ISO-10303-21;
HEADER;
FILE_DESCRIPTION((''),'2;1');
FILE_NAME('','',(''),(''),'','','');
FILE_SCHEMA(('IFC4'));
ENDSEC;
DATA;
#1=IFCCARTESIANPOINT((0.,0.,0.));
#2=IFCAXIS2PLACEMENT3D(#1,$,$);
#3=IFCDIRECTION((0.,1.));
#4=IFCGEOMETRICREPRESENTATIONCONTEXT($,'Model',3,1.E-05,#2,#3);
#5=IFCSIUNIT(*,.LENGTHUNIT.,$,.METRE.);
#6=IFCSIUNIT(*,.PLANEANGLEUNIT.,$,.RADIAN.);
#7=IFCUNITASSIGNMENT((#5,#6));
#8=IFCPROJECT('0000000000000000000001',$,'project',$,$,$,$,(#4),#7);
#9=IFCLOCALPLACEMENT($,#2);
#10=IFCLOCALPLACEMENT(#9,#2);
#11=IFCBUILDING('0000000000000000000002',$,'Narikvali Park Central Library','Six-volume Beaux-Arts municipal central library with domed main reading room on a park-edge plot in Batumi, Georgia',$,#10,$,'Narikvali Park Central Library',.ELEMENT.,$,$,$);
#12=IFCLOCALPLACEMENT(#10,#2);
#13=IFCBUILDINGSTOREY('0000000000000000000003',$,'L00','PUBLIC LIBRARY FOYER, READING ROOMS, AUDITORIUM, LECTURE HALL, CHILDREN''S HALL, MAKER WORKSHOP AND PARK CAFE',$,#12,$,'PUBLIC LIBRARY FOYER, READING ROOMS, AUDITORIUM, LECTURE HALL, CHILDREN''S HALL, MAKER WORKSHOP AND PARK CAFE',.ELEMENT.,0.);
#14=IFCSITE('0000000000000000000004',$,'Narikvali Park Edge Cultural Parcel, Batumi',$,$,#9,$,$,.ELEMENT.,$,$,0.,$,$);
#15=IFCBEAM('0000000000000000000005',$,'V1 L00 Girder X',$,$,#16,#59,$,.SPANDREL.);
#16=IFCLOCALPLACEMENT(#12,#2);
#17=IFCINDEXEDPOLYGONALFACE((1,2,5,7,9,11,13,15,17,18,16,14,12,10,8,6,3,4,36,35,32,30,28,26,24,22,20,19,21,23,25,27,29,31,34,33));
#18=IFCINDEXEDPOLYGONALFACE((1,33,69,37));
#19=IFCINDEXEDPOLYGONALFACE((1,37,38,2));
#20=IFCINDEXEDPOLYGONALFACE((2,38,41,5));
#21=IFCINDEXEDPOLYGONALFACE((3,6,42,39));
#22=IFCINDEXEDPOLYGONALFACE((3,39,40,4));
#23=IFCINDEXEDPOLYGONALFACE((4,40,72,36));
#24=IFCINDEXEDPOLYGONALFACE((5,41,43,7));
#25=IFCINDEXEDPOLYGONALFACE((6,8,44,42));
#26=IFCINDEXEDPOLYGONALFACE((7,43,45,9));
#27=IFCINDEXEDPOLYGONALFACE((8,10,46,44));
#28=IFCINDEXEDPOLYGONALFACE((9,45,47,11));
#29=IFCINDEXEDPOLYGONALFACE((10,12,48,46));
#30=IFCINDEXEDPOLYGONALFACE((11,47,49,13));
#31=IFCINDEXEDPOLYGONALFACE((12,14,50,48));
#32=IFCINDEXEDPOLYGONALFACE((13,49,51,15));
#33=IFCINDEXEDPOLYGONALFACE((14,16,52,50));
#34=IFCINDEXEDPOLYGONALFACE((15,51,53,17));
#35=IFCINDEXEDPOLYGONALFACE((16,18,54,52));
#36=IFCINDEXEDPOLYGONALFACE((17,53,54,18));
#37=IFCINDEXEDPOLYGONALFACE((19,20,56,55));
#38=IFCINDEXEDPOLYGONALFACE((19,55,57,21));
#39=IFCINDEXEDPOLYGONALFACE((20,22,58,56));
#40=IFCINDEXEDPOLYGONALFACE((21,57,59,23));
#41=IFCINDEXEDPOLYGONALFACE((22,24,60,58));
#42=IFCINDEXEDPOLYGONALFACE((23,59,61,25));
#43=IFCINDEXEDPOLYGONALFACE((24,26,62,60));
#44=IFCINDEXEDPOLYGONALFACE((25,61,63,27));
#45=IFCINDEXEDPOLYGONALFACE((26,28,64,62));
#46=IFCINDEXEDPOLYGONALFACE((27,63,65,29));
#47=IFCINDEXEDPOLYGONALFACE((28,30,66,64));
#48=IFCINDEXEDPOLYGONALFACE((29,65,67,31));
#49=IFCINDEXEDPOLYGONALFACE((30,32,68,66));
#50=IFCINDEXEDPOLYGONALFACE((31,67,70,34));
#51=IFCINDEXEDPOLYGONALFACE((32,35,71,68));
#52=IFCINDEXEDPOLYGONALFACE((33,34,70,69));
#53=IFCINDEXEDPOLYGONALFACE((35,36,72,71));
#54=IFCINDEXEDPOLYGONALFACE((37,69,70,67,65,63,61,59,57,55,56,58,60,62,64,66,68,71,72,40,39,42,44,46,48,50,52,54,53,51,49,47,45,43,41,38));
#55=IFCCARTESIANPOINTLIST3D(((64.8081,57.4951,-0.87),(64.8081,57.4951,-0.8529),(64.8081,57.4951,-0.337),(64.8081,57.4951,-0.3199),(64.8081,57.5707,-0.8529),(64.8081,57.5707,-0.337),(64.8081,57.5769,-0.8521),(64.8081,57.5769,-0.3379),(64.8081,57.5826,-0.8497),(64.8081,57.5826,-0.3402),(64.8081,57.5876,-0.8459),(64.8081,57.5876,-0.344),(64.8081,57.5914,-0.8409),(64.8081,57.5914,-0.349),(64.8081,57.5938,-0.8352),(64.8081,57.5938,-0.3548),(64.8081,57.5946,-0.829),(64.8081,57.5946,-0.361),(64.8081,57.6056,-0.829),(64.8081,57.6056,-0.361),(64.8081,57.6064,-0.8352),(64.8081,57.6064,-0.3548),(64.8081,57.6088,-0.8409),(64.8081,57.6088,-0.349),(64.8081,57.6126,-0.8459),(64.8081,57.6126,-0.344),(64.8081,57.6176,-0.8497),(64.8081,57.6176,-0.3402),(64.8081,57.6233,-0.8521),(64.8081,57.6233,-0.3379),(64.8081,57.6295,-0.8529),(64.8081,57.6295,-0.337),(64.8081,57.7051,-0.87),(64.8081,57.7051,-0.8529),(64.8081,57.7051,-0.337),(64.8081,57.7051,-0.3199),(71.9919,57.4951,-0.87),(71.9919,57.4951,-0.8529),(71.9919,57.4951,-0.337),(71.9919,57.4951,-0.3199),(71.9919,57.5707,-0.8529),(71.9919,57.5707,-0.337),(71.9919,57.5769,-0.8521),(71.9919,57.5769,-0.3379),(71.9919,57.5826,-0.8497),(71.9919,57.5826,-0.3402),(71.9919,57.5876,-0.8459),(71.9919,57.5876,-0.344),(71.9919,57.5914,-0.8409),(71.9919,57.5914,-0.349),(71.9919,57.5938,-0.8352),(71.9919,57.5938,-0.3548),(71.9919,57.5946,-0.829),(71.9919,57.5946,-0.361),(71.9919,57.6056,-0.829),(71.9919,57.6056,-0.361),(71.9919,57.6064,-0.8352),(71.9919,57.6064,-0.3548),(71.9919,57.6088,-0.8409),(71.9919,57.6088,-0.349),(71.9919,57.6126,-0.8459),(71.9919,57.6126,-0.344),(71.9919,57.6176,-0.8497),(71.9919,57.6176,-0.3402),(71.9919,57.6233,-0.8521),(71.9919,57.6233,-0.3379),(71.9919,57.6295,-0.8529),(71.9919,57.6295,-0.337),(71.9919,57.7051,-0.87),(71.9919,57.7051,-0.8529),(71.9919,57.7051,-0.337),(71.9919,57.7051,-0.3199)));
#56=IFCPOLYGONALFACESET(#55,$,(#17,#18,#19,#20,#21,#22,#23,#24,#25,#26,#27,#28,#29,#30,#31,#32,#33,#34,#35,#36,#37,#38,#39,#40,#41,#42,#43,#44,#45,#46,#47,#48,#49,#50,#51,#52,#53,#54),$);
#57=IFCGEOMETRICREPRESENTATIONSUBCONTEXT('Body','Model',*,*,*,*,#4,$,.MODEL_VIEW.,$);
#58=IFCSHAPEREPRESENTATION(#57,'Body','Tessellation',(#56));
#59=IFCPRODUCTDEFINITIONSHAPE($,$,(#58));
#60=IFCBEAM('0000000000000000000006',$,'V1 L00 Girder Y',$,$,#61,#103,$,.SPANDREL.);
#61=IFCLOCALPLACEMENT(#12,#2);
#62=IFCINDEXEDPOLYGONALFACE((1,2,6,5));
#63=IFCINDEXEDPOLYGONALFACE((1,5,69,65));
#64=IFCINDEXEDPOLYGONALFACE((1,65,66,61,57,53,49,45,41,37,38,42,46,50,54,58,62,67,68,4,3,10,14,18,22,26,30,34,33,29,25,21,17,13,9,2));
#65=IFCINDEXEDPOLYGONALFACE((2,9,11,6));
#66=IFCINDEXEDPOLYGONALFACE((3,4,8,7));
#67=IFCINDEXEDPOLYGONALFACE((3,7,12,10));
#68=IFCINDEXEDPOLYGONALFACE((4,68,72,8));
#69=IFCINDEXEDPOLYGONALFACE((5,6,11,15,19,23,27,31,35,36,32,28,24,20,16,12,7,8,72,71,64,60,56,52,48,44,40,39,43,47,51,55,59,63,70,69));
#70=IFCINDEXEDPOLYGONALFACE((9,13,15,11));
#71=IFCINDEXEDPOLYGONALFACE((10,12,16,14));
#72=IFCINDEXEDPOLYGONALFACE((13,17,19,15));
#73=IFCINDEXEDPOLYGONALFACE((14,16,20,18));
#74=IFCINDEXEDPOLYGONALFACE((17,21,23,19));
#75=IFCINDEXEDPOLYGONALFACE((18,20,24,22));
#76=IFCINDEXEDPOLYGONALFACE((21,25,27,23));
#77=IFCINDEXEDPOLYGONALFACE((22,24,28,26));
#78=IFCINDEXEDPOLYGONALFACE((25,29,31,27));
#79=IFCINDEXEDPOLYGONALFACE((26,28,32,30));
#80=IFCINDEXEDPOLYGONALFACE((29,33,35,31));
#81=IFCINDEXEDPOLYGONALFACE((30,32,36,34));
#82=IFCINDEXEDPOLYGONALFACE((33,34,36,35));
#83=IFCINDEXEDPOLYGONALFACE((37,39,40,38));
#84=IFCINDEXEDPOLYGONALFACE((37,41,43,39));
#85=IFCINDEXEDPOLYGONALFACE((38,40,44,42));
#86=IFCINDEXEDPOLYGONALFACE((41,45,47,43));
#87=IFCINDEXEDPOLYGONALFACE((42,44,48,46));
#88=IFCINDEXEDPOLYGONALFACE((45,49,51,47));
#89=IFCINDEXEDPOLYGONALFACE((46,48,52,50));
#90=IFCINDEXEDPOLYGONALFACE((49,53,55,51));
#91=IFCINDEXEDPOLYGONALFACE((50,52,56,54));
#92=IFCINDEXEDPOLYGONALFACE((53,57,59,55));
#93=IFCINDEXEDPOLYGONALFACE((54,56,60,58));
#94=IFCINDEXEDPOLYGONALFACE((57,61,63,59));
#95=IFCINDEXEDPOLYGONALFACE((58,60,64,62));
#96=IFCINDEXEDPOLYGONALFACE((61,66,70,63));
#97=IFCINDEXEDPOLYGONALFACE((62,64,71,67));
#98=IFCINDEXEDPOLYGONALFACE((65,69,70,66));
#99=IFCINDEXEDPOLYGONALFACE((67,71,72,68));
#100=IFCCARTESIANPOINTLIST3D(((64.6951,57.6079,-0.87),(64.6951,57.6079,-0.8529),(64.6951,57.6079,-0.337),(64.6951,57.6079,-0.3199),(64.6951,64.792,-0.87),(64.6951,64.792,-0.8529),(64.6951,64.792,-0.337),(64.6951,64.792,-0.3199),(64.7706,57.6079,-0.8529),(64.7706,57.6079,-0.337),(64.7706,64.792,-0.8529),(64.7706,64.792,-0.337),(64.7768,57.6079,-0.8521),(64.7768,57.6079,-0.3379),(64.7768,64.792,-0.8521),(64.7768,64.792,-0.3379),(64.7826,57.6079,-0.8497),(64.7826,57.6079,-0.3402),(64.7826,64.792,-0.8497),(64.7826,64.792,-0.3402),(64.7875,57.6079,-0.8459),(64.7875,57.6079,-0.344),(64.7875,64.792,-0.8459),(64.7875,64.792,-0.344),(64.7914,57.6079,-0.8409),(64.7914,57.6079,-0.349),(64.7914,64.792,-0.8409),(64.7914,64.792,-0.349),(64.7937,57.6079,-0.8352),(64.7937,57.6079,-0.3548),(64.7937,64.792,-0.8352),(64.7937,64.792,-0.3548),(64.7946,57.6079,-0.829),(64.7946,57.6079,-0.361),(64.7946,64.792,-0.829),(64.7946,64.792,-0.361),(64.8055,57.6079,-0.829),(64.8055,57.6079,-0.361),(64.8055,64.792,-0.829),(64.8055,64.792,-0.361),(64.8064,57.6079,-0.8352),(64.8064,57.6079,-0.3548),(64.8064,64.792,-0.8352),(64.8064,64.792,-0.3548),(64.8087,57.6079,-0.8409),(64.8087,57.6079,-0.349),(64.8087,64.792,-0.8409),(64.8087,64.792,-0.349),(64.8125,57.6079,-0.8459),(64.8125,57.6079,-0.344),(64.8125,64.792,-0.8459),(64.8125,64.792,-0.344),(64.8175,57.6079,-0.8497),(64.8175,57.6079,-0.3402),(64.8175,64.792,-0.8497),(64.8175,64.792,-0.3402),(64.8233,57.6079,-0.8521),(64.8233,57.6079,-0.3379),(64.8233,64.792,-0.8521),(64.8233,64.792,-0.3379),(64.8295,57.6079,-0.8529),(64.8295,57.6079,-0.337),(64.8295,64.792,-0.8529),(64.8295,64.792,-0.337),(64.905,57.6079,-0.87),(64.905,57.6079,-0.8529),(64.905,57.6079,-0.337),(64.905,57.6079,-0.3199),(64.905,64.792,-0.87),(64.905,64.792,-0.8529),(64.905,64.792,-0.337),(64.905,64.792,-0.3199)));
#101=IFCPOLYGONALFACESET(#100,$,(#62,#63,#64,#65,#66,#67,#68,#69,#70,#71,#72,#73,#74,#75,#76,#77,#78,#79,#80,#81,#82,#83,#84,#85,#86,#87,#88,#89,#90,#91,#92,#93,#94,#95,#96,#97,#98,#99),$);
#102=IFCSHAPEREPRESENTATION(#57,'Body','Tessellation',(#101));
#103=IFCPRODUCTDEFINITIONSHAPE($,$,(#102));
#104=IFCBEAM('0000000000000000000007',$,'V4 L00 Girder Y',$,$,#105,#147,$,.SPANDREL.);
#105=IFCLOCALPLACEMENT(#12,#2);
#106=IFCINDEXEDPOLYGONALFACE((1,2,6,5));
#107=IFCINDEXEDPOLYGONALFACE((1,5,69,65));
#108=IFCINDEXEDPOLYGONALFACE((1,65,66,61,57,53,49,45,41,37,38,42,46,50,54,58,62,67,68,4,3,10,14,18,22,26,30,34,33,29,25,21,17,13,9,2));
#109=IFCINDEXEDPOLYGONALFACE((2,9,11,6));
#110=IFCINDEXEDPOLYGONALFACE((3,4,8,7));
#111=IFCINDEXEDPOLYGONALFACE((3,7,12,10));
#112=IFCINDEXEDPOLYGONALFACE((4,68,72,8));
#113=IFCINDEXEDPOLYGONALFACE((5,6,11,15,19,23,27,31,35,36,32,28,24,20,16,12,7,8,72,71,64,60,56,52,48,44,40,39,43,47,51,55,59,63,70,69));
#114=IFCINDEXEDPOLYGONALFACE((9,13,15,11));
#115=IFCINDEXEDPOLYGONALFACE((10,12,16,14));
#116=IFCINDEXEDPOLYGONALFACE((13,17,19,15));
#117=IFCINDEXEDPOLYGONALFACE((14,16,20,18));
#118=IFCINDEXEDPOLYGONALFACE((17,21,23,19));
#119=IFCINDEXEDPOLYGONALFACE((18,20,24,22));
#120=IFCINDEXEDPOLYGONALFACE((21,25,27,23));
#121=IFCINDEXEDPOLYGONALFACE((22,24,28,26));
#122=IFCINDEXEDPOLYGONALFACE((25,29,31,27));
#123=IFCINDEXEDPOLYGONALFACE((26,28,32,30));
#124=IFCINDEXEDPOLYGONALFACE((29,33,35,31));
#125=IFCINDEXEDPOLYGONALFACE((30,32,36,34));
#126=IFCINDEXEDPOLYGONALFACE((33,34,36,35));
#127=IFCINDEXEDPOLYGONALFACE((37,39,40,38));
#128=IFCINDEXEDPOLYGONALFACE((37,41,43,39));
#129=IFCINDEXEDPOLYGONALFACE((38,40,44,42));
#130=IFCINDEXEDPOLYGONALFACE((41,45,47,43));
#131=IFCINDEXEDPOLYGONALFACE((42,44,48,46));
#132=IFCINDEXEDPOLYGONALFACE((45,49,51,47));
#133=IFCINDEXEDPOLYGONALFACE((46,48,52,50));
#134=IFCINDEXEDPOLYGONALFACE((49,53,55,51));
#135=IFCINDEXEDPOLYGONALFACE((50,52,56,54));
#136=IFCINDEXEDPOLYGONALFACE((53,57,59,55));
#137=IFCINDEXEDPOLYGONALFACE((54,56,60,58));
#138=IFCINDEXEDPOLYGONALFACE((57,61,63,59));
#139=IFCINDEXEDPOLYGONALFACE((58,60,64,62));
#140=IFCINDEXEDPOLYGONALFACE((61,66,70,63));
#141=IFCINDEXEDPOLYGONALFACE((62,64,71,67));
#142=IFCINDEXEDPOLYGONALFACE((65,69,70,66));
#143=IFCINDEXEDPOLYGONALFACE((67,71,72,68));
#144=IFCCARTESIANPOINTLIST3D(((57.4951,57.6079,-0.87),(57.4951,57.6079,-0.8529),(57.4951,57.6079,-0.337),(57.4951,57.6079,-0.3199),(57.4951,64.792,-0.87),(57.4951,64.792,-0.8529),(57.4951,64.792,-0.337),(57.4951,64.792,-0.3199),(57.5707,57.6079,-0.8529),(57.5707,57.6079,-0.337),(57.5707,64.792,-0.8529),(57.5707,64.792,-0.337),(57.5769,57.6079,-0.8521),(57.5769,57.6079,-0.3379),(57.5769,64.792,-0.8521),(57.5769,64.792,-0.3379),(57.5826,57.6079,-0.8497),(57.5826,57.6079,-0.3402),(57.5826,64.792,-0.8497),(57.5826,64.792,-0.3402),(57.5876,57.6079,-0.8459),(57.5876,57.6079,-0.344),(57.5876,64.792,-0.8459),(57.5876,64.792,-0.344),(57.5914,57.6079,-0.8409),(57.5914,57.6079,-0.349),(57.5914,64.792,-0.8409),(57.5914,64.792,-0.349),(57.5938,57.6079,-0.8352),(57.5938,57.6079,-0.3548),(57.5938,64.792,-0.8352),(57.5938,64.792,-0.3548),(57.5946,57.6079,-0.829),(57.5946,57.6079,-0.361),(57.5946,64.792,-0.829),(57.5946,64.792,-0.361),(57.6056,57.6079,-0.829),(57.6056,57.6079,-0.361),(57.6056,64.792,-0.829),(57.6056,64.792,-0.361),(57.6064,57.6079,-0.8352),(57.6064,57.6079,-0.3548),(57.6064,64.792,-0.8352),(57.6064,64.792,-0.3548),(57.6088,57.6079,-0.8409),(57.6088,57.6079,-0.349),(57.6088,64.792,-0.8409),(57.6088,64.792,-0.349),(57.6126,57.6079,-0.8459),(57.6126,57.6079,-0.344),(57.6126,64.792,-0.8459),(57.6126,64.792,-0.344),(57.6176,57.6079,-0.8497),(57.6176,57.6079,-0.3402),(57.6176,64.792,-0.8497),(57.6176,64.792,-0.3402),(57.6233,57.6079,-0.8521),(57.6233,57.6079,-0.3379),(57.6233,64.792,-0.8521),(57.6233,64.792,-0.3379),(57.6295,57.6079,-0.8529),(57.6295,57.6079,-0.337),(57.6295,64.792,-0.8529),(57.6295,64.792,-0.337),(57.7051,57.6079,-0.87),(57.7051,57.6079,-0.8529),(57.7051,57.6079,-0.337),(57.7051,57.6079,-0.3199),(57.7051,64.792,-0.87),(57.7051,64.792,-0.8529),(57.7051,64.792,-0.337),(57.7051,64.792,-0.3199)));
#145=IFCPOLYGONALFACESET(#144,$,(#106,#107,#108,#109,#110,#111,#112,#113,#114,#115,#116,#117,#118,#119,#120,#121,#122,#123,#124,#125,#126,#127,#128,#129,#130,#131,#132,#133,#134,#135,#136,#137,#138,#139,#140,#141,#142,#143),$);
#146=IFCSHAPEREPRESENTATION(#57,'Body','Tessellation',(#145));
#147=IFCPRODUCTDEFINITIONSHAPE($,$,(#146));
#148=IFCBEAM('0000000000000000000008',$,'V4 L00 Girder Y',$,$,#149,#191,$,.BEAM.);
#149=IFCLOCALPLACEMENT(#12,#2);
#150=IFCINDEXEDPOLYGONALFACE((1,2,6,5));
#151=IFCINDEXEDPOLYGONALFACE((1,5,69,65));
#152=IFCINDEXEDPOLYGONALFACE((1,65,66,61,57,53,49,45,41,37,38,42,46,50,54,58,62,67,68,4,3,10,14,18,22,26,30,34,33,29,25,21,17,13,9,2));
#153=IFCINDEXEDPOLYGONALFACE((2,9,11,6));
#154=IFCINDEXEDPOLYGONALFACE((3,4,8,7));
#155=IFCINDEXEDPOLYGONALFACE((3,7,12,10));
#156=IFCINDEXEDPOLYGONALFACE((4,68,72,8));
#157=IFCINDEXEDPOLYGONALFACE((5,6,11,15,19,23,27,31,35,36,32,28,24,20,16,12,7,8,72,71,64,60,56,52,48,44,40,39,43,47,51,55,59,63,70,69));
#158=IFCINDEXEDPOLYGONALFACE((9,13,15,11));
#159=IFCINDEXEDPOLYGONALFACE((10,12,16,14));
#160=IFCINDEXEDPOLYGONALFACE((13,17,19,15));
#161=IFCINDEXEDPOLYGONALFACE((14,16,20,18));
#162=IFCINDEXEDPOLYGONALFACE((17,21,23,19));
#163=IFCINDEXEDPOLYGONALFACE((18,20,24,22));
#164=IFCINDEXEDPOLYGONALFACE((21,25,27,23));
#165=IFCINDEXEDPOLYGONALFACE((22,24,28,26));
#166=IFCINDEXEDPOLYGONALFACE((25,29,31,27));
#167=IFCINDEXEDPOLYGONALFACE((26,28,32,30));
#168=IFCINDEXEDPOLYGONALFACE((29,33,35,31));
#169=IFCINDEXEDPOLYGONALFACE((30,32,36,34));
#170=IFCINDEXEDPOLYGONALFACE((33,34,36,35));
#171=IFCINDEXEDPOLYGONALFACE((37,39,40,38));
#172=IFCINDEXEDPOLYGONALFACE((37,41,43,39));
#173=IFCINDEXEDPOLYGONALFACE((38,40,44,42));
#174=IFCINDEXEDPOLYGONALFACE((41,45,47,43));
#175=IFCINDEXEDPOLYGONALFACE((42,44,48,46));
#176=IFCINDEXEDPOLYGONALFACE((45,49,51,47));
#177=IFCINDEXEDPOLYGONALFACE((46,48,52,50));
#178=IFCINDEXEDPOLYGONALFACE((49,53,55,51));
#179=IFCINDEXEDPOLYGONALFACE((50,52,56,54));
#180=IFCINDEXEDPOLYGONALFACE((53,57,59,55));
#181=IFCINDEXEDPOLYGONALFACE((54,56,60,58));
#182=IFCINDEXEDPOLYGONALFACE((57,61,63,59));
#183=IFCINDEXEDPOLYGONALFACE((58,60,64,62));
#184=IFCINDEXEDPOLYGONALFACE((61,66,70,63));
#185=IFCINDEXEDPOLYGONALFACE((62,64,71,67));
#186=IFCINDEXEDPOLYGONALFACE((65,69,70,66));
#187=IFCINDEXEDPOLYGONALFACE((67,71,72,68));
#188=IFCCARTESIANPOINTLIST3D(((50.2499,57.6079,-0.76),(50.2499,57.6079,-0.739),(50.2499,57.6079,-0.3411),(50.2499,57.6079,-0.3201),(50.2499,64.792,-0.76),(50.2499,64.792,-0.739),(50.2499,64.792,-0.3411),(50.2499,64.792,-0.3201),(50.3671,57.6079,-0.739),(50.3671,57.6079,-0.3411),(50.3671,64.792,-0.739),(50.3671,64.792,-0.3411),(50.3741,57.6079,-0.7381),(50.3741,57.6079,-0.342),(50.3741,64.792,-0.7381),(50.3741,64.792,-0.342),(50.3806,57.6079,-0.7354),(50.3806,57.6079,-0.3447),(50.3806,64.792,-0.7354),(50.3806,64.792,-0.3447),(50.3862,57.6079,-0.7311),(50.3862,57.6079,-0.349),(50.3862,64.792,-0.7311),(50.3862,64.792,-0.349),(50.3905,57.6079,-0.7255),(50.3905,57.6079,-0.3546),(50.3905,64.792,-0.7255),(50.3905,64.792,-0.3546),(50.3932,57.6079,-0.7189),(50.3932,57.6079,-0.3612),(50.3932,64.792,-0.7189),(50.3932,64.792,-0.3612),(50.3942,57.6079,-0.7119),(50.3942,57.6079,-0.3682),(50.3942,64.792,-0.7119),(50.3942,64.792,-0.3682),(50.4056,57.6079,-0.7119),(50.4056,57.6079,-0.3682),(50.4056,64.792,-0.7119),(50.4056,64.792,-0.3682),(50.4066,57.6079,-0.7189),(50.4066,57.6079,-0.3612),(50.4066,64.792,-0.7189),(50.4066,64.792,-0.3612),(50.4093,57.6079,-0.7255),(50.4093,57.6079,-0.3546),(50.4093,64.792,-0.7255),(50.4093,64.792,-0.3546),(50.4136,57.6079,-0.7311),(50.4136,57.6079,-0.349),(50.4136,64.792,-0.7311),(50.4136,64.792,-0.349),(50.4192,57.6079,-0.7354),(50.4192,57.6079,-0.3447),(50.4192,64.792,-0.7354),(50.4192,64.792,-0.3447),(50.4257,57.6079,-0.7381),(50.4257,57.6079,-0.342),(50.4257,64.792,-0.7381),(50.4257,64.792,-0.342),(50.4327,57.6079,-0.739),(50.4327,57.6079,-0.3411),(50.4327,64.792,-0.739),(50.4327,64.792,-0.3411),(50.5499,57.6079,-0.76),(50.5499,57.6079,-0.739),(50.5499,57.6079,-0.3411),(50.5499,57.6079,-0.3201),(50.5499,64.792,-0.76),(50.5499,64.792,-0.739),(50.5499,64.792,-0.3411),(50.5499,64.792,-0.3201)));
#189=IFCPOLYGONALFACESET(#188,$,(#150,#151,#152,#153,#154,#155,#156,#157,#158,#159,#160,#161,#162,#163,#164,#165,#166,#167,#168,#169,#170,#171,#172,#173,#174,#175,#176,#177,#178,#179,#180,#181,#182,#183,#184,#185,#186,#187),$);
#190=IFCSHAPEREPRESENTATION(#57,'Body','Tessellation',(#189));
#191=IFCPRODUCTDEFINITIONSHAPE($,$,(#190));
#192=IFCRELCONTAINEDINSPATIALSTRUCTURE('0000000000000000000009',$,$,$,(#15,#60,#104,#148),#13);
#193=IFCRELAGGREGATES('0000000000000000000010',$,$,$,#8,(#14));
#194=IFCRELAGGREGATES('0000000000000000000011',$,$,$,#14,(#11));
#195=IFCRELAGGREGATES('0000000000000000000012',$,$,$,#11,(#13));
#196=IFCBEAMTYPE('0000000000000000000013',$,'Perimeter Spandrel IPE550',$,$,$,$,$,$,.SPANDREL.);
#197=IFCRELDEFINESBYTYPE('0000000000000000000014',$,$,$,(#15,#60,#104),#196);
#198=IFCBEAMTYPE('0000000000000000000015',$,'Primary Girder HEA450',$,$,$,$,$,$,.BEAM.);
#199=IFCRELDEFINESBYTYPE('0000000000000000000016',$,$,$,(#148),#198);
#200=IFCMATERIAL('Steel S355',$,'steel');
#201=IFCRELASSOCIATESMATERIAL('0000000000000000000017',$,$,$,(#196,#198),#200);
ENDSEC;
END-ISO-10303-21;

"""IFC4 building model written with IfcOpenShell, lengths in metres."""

from ifc_helpers import new_model, si_unit, direction, frame, origin, origin_2d, place, context, subcontext, project, spatial, i_section, extrude, material, material_profile, profile_set, type_object, element, save


model = new_model("IFC4")

# Units and contexts
model_context = context("Model", 3, precision=1e-05, world=origin(), true_north=direction((0.0, 1.0)))
body_context = subcontext(model_context, "Body", "Model", "MODEL_VIEW")
ifc_project = project(units=[si_unit("LENGTHUNIT", "METRE"), si_unit("PLANEANGLEUNIT", "RADIAN")], contexts=[model_context])

# Site, building, storey
site_placement = place(None, origin())
site = spatial("IfcSite", under=ifc_project, at=site_placement, Name="Narikvali Park Edge Cultural Parcel, Batumi", CompositionType="ELEMENT", RefElevation=0.0)
building_placement = place(site_placement, origin())
building = spatial("IfcBuilding", under=site, at=building_placement, Name="Narikvali Park Central Library", Description="Six-volume Beaux-Arts municipal central library with domed main reading room on a park-edge plot in Batumi, Georgia", LongName="Narikvali Park Central Library", CompositionType="ELEMENT")
storey_placement = place(building_placement, origin())
storey = spatial("IfcBuildingStorey", under=building, at=storey_placement, Name="L00", Description="PUBLIC LIBRARY FOYER, READING ROOMS, AUDITORIUM, LECTURE HALL, CHILDREN'S HALL, MAKER WORKSHOP AND PARK CAFE", LongName="PUBLIC LIBRARY FOYER, READING ROOMS, AUDITORIUM, LECTURE HALL, CHILDREN'S HALL, MAKER WORKSHOP AND PARK CAFE", CompositionType="ELEMENT", Elevation=0.0)

# Shared definitions
ifc_material_1 = material(Name="Steel S355", Category="steel")

# Beams
ifc_material_profile_1 = material_profile(ifc_material_1, i_section(OverallWidth=0.21, OverallDepth=0.55, WebThickness=0.011, FlangeThickness=0.0171, FilletRadius=0.0239, at=origin_2d()), Name="IPE 550")
ifc_profile_set_1 = profile_set([ifc_material_profile_1], Name="Steel S355")
beam_type_1 = type_object("IfcBeamType", Name="Perimeter Spandrel IPE550", PredefinedType="SPANDREL", material=ifc_profile_set_1)
beam_1_placement = place(storey_placement, frame((64.8081, 57.6001, -0.595), z_axis=(1.0, 0.0, 0.0), x_axis=(0.0, 1.0, 0.0)))
element("IfcBeam", 1, at=beam_1_placement, inside=storey, type_object=beam_type_1, Name="V1 L00 Girder X", PredefinedType="SPANDREL", context=body_context, shape_type="SweptSolid", body=[
    extrude(i_section(OverallWidth=0.21, OverallDepth=0.55, WebThickness=0.011, FlangeThickness=0.0171, FilletRadius=0.0239, at=origin_2d()), origin(), (0.0, 0.0, 1.0), 7.1838),
])
for number, where, z_axis, x_axis, name in (
    (2, (64.8, 57.6079, -0.595), (0.0, 1.0, 0.0), (-1.0, 0.0, 0.0), "V1 L00 Girder Y"),
    (3, (57.6001, 57.6079, -0.595), (0.0, 1.0, 0.0), (-1.0, 0.0, 0.0), "V4 L00 Girder Y"),
):
    element("IfcBeam", number, at=place(storey_placement, frame(where, z_axis=z_axis, x_axis=x_axis)), inside=storey, type_object=beam_type_1, Name=name, PredefinedType="SPANDREL", context=body_context, shape_type="SweptSolid", body=[
        extrude(i_section(OverallWidth=0.21, OverallDepth=0.55, WebThickness=0.011, FlangeThickness=0.0171, FilletRadius=0.0239, at=origin_2d()), origin(), (0.0, 0.0, 1.0), 7.1841),
    ])
ifc_material_profile_2 = material_profile(ifc_material_1, i_section(OverallWidth=0.3, OverallDepth=0.4399, WebThickness=0.0115, FlangeThickness=0.021, FilletRadius=0.0271, at=origin_2d()), Name="HEA 450")
ifc_profile_set_2 = profile_set([ifc_material_profile_2], Name="Steel S355")
beam_type_2 = type_object("IfcBeamType", Name="Primary Girder HEA450", PredefinedType="BEAM", material=ifc_profile_set_2)
beam_2_placement = place(storey_placement, frame((50.3999, 57.6079, -0.54), z_axis=(0.0, 1.0, 0.0), x_axis=(-1.0, 0.0, 0.0)))
element("IfcBeam", 4, at=beam_2_placement, inside=storey, type_object=beam_type_2, Name="V4 L00 Girder Y", PredefinedType="BEAM", context=body_context, shape_type="SweptSolid", body=[
    extrude(i_section(OverallWidth=0.3, OverallDepth=0.4399, WebThickness=0.0115, FlangeThickness=0.021, FilletRadius=0.0271, at=origin_2d()), origin(), (0.0, 0.0, 1.0), 7.1841),
])

save(model, "model.ifc")
